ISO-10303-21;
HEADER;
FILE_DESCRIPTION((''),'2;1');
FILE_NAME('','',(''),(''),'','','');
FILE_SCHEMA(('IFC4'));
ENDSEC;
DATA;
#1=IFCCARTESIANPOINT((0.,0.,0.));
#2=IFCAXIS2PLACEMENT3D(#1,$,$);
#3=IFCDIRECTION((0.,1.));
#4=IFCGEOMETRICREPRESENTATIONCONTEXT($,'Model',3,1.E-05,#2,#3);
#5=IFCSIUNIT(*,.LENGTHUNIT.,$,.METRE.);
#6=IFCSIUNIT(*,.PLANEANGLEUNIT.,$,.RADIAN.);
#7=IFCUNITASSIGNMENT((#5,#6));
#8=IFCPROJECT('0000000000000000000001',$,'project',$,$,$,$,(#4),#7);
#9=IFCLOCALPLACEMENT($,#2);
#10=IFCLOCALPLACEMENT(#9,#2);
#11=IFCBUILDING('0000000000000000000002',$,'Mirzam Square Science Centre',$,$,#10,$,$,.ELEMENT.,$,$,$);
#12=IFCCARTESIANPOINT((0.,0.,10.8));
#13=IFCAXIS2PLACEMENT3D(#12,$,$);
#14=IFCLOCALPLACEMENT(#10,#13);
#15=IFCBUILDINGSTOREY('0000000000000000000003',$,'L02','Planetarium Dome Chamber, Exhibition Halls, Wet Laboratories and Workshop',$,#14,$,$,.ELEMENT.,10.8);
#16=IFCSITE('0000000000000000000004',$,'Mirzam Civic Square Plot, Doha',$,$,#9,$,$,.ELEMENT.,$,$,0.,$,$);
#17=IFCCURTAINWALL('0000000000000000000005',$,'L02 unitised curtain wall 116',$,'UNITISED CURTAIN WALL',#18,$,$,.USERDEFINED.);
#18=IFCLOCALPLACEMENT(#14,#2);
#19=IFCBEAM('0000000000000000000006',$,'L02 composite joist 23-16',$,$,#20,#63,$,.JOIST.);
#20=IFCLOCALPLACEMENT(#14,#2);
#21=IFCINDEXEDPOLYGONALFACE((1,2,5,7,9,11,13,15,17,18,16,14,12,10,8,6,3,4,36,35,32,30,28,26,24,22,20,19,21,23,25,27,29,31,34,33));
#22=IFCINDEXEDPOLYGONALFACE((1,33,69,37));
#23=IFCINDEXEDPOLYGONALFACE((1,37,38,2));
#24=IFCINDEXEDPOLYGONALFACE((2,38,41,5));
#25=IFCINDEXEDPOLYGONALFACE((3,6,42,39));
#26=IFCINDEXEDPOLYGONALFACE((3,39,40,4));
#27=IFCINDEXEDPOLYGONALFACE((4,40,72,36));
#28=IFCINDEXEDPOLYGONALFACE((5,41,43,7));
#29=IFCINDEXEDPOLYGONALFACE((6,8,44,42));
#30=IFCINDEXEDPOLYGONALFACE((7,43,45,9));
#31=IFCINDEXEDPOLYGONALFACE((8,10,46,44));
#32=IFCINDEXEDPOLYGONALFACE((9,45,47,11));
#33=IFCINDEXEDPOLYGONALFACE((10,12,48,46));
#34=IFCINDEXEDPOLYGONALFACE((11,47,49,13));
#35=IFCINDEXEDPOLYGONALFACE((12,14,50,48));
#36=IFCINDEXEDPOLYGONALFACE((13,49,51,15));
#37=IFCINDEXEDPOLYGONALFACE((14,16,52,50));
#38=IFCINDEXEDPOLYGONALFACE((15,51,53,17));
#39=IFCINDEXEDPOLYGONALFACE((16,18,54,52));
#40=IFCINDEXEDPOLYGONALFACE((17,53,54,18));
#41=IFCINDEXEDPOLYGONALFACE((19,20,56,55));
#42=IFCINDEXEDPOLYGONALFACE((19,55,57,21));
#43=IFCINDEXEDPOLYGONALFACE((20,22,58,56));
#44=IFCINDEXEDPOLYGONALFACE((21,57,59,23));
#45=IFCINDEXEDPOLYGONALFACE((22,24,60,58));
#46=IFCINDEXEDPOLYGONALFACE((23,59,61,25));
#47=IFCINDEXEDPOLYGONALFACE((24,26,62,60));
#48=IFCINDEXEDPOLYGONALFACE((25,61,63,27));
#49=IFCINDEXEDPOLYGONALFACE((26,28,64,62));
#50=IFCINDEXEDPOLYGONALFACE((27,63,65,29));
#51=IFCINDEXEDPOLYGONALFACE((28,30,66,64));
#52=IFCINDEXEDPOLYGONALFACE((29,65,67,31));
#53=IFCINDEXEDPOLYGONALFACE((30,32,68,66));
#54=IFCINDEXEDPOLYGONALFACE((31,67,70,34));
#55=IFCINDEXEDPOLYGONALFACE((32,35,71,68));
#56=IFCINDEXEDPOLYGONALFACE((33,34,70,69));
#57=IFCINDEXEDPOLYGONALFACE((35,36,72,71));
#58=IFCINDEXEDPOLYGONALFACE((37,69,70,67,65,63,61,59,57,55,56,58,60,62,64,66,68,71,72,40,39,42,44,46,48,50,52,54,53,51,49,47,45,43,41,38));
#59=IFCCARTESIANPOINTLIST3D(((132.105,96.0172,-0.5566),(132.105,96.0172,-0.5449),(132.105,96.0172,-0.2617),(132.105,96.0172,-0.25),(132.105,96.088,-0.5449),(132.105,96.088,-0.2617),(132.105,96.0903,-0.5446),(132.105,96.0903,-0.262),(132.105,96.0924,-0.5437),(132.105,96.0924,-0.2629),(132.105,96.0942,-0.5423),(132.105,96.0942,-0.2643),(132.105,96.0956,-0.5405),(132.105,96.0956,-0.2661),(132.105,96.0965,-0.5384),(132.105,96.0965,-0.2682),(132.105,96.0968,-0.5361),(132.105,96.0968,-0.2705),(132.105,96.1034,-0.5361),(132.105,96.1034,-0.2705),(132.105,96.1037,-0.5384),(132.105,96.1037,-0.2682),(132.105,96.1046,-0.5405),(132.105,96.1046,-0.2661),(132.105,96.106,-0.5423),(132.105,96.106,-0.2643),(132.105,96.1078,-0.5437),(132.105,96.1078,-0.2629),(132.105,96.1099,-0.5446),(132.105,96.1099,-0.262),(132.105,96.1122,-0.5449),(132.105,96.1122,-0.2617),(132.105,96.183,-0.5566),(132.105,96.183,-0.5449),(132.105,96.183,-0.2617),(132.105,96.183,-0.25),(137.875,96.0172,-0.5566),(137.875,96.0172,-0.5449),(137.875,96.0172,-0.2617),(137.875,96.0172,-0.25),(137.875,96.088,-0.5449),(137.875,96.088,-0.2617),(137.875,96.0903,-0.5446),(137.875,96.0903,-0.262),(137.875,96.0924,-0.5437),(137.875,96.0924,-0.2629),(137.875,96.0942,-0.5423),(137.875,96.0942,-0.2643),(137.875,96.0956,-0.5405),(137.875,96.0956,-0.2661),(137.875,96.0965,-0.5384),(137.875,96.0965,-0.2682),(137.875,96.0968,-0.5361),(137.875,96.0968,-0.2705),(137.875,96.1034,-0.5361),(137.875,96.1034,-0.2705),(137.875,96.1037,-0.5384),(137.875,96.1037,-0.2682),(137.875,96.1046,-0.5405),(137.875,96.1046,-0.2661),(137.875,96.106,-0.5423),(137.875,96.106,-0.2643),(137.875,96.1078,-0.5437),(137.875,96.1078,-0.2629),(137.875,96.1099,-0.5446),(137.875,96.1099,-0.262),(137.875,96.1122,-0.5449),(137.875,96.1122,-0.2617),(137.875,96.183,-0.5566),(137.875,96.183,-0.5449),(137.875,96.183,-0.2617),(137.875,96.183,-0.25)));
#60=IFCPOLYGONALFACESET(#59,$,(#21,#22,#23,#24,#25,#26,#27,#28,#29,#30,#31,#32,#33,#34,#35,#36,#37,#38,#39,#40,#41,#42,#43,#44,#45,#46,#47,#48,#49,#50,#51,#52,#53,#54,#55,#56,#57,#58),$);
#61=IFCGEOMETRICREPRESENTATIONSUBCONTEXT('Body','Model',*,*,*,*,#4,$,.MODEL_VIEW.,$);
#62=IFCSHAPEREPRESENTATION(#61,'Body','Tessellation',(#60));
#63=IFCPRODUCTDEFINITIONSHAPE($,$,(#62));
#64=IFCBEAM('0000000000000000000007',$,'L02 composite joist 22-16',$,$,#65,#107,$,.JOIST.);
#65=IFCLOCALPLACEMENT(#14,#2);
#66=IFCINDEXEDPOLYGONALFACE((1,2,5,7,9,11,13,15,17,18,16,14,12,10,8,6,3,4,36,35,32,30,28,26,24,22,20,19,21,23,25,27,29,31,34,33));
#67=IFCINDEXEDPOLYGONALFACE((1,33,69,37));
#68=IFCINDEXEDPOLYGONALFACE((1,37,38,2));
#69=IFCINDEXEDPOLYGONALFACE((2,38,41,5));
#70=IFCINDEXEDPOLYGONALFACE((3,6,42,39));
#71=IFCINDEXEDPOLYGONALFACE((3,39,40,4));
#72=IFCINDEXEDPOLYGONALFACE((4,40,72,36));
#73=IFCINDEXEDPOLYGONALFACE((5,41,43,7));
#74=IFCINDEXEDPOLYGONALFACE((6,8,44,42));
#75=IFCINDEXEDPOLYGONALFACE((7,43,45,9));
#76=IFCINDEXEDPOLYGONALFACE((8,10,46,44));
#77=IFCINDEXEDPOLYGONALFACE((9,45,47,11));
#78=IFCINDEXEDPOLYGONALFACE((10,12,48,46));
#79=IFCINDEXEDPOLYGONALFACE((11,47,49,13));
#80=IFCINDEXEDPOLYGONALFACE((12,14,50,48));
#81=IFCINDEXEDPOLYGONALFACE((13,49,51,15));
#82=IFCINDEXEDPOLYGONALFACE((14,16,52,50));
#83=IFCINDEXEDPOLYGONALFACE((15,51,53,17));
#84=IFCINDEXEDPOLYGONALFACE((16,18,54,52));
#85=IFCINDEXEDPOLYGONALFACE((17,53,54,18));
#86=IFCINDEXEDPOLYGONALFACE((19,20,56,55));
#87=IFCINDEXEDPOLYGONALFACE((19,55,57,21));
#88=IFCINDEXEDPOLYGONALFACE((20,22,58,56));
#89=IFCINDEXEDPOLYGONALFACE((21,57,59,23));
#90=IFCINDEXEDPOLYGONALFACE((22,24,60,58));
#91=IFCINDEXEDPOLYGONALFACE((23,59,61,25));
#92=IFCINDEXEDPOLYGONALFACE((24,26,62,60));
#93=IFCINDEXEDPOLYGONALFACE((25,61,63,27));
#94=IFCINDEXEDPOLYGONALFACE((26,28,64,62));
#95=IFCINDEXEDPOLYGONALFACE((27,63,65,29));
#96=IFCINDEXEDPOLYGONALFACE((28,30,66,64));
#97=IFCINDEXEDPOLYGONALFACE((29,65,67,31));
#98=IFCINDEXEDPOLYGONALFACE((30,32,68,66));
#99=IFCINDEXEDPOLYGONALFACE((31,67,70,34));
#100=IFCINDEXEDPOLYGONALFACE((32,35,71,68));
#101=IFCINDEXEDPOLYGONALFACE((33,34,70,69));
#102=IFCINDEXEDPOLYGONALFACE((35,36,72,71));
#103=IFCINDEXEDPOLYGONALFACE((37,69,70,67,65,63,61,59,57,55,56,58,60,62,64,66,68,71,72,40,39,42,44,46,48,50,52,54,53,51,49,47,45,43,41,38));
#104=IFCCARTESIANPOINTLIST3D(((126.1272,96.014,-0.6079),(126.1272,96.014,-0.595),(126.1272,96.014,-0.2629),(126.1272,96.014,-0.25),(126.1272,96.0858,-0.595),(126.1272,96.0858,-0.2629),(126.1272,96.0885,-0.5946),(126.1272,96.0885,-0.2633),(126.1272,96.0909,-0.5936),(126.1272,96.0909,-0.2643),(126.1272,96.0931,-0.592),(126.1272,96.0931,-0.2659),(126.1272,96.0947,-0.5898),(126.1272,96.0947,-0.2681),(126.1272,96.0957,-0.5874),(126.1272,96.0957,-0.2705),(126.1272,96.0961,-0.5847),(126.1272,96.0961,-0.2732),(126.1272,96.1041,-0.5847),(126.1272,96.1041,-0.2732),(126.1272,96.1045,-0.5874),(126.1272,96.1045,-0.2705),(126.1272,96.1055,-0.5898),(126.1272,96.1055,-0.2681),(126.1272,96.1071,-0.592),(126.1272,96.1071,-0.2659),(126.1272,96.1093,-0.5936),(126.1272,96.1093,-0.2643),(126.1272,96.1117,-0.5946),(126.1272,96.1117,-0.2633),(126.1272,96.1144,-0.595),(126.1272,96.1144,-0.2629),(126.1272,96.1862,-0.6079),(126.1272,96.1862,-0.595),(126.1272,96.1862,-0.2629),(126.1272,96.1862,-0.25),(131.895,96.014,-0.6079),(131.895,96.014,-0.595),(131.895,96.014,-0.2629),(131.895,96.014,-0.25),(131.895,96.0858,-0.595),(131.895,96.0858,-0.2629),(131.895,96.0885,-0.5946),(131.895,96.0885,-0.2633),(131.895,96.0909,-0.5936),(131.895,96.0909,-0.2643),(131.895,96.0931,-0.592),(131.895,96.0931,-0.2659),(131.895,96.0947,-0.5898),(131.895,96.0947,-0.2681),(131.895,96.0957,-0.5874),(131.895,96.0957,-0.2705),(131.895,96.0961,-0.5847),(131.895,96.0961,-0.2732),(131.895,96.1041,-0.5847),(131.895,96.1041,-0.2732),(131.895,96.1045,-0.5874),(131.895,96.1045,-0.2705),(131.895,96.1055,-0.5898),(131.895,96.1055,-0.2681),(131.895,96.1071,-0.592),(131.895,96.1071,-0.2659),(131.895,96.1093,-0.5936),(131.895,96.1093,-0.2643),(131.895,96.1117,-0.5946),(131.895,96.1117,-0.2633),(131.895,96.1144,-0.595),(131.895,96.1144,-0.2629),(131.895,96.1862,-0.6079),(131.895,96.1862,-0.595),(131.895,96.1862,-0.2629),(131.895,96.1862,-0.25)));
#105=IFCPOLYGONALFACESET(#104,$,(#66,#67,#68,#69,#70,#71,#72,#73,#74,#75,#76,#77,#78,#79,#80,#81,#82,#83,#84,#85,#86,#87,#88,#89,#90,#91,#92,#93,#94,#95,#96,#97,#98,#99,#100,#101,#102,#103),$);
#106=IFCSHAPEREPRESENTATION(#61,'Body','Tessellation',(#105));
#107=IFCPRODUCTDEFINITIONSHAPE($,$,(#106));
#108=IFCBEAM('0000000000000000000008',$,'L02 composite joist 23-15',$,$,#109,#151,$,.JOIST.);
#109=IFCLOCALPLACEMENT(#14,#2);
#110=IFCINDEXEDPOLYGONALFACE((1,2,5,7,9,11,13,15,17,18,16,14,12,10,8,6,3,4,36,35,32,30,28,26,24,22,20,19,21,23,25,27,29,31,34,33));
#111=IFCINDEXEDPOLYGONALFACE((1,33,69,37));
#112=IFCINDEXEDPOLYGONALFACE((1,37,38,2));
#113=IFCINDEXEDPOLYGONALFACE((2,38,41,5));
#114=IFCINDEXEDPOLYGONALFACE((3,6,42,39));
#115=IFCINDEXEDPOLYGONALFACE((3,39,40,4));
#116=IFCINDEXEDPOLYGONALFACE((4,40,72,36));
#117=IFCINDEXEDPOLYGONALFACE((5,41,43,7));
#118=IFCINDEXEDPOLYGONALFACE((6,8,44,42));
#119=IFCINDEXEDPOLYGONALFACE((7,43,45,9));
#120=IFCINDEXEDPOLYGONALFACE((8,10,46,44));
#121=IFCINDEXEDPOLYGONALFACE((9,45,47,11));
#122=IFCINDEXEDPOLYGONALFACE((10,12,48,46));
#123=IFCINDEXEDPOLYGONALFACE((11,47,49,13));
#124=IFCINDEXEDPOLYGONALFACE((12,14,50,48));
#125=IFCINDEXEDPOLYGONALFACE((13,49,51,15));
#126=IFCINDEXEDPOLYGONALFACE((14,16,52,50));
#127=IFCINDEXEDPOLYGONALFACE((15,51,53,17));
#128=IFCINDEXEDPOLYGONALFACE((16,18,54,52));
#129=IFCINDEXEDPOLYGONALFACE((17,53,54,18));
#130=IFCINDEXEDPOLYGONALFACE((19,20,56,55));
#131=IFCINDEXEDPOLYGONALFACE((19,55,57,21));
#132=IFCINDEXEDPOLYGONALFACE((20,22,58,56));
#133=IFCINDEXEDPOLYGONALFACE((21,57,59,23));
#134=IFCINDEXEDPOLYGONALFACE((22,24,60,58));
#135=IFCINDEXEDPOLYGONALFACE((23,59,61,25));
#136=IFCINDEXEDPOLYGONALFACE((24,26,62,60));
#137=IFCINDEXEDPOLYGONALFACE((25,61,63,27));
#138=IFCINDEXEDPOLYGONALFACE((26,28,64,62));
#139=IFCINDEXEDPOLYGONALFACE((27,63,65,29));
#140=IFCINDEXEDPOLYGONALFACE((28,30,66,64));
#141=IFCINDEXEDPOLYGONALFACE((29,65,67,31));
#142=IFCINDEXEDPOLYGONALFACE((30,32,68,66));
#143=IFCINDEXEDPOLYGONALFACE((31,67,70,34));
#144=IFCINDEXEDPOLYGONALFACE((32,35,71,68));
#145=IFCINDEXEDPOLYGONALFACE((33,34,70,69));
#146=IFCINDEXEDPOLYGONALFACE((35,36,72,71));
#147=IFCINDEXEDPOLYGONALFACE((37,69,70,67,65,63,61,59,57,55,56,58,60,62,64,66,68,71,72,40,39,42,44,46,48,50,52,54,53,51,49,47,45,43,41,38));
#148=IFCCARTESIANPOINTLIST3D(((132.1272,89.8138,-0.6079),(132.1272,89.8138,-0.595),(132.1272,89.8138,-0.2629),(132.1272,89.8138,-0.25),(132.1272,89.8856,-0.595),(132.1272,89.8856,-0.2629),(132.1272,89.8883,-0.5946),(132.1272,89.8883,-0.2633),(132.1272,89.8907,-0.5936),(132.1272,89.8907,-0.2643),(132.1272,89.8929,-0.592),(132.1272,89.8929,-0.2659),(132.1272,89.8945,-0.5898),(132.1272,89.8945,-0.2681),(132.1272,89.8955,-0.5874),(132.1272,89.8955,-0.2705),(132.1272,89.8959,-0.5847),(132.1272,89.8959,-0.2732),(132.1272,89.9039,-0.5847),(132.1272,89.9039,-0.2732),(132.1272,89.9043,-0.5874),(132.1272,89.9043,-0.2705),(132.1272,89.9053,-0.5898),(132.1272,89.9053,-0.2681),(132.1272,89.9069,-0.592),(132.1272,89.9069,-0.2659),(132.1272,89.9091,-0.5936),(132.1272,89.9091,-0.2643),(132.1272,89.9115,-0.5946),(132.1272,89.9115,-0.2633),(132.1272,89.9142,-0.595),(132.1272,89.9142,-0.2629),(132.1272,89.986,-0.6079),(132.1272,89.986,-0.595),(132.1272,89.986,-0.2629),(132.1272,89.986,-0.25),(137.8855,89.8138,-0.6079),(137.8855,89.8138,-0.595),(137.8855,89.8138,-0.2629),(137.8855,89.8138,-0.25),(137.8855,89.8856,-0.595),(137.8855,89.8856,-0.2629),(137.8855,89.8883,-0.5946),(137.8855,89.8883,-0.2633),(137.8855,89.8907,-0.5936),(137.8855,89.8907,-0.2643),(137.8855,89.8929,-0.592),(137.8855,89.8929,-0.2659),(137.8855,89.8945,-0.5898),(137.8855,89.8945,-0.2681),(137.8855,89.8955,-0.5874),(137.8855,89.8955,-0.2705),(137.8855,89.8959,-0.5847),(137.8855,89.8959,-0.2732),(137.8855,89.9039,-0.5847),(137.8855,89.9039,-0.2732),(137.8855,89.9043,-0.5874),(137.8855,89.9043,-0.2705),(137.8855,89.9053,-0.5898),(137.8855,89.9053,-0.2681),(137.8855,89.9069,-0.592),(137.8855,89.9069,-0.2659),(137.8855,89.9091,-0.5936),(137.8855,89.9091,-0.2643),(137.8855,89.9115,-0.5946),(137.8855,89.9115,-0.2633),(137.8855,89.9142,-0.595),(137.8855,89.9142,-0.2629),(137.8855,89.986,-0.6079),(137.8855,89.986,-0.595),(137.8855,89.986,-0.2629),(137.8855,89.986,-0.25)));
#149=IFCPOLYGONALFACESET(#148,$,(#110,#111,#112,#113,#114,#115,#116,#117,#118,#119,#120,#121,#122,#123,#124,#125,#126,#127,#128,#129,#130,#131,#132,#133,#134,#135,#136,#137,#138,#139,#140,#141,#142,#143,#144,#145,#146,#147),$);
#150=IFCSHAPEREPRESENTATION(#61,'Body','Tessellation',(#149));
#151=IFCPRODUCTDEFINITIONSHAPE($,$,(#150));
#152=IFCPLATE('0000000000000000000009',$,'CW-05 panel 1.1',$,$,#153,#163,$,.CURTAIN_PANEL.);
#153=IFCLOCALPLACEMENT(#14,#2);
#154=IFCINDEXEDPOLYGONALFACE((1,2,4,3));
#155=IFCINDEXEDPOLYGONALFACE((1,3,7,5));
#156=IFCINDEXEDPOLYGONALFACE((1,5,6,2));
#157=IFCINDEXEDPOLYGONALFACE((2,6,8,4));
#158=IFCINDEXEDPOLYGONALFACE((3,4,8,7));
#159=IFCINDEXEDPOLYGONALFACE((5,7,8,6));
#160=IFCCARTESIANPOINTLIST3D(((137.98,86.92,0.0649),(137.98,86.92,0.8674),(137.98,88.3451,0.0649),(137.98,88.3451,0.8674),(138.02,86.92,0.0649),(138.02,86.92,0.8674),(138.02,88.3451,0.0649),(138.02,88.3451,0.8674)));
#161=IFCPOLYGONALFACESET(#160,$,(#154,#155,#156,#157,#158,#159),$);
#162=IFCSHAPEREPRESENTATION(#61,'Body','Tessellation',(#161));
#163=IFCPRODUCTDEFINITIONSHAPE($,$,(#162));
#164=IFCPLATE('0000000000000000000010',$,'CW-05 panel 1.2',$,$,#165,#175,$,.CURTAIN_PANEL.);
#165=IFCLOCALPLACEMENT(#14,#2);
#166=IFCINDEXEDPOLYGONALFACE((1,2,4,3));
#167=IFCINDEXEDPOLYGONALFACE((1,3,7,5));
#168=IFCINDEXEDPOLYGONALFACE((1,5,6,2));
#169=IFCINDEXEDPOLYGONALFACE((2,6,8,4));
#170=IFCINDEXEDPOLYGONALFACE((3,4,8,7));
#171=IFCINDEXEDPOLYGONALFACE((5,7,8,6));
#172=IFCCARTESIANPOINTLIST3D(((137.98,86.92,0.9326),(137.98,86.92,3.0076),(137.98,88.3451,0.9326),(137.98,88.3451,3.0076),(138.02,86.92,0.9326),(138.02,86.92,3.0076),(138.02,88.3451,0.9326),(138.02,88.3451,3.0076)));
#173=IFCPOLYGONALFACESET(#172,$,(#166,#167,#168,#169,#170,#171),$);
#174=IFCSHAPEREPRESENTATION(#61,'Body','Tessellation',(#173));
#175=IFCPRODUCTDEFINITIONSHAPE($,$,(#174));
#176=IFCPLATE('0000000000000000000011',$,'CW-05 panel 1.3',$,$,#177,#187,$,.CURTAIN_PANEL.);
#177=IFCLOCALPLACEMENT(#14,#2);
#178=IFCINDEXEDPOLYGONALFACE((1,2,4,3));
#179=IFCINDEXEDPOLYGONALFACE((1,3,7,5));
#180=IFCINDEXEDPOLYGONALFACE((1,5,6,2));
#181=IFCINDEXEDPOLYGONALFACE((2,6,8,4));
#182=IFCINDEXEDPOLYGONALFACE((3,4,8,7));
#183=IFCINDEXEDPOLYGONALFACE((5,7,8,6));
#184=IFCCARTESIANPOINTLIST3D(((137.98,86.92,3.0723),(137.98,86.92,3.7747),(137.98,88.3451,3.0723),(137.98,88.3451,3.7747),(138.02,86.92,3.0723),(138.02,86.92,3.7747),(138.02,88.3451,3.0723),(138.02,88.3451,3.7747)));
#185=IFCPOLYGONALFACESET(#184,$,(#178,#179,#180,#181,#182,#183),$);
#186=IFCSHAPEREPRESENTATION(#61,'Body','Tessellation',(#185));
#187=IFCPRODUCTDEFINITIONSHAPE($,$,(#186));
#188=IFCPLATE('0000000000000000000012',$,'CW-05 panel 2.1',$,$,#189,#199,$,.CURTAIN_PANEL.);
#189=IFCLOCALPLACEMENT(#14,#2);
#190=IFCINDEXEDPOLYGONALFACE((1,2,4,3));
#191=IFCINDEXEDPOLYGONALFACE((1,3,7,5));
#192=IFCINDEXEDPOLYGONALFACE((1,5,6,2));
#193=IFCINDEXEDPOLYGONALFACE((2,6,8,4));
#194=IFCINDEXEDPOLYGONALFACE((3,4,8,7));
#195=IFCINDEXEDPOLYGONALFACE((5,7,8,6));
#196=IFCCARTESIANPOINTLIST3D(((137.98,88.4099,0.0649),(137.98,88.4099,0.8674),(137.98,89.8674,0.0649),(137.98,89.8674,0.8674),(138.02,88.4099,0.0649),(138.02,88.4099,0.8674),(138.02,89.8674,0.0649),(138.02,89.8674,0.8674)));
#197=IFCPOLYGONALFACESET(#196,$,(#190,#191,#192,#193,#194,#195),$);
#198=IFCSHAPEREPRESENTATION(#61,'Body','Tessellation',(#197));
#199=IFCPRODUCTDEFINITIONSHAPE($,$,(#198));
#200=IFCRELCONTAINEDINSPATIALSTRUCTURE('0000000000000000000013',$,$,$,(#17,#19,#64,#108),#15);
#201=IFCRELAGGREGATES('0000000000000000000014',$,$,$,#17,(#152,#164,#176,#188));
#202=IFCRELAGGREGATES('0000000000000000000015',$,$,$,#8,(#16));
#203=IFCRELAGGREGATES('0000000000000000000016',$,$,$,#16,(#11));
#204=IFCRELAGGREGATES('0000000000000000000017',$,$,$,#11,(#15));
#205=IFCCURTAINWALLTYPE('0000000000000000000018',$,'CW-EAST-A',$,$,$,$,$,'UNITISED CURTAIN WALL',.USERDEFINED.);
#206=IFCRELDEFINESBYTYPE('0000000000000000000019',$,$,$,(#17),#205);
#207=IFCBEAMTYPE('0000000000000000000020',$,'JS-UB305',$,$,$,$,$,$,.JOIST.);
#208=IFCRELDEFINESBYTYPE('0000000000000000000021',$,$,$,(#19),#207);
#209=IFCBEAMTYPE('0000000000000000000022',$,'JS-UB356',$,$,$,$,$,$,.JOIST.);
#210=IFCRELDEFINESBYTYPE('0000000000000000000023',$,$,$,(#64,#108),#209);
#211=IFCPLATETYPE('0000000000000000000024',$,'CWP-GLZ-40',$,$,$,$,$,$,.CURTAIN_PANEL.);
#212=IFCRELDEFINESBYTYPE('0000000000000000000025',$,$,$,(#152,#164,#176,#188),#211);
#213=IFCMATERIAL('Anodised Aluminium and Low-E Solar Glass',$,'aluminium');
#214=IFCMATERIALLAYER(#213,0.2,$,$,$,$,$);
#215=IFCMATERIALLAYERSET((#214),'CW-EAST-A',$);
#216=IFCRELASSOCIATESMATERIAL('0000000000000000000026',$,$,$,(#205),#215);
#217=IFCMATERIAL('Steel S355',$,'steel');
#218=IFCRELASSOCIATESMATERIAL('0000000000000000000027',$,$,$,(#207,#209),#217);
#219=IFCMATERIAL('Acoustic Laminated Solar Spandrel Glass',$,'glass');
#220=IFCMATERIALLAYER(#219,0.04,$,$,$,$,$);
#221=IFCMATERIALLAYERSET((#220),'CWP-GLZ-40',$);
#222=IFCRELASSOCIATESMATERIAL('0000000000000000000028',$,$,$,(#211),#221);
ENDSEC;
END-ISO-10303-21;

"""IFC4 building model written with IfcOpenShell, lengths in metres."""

from ifc_helpers import new_model, si_unit, direction, frame, origin, origin_2d, place, context, subcontext, project, spatial, rectangle, i_section, extrude, material, layer, layer_set, material_profile, profile_set, type_object, element, aggregate, save


model = new_model("IFC4")

# Units and contexts
model_context = context("Model", 3, precision=1e-05, world=origin(), true_north=direction((0.0, 1.0)))
body_context = subcontext(model_context, "Body", "Model", "MODEL_VIEW")
ifc_project = project(units=[si_unit("LENGTHUNIT", "METRE"), si_unit("PLANEANGLEUNIT", "RADIAN")], contexts=[model_context])

# Site, building, storey
site_placement = place(None, origin())
site = spatial("IfcSite", under=ifc_project, at=site_placement, Name="Mirzam Civic Square Plot, Doha", CompositionType="ELEMENT", RefElevation=0.0)
building_placement = place(site_placement, origin())
building = spatial("IfcBuilding", under=site, at=building_placement, Name="Mirzam Square Science Centre", CompositionType="ELEMENT")
storey_placement = place(building_placement, frame((0.0, 0.0, 10.8)))
storey = spatial("IfcBuildingStorey", under=building, at=storey_placement, Name="L02", Description="Planetarium Dome Chamber, Exhibition Halls, Wet Laboratories and Workshop", CompositionType="ELEMENT", Elevation=10.8)

# Shared definitions
ifc_material_1 = material(Name="Steel S355", Category="steel")

# Curtain wall
ifc_material_2 = material(Name="Anodised Aluminium and Low-E Solar Glass", Category="aluminium")
ifc_layer_1 = layer(ifc_material_2, 0.2)
ifc_layer_set_1 = layer_set([ifc_layer_1], Name="CW-EAST-A")
curtain_wall_type = type_object("IfcCurtainWallType", Name="CW-EAST-A", ElementType="UNITISED CURTAIN WALL", PredefinedType="USERDEFINED", material=ifc_layer_set_1)
curtain_wall_placement = place(storey_placement, origin())
curtain_wall = element("IfcCurtainWall", 1, at=curtain_wall_placement, inside=storey, type_object=curtain_wall_type, Name="L02 unitised curtain wall 116", ObjectType="UNITISED CURTAIN WALL", PredefinedType="USERDEFINED")

# Beams
ifc_material_profile_1 = material_profile(ifc_material_1, i_section(OverallWidth=0.1658, OverallDepth=0.3066, WebThickness=0.0066, FlangeThickness=0.0117, FilletRadius=0.0088, at=origin_2d()), Name="305x165x46UB")
ifc_profile_set_1 = profile_set([ifc_material_profile_1], Name="Steel S355")
beam_type_1 = type_object("IfcBeamType", Name="JS-UB305", PredefinedType="JOIST", material=ifc_profile_set_1)
beam_1_placement = place(storey_placement, frame((132.105, 96.1001, -0.4033), z_axis=(1.0, 0.0, 0.0), x_axis=(0.0, 1.0, 0.0)))
element("IfcBeam", 2, at=beam_1_placement, inside=storey, type_object=beam_type_1, Name="L02 composite joist 23-16", PredefinedType="JOIST", context=body_context, shape_type="SweptSolid", body=[
    extrude(i_section(OverallWidth=0.1658, OverallDepth=0.3066, WebThickness=0.0066, FlangeThickness=0.0117, FilletRadius=0.0088, at=origin_2d()), origin(), (0.0, 0.0, 1.0), 5.77),
])
ifc_material_profile_2 = material_profile(ifc_material_1, i_section(OverallWidth=0.1721, OverallDepth=0.3579, WebThickness=0.0081, FlangeThickness=0.0129, FilletRadius=0.0103, at=origin_2d()), Name="356x171x57UB")
ifc_profile_set_2 = profile_set([ifc_material_profile_2], Name="Steel S355")
beam_type_2 = type_object("IfcBeamType", Name="JS-UB356", PredefinedType="JOIST", material=ifc_profile_set_2)
beam_2_placement = place(storey_placement, frame((126.1272, 96.1001, -0.429), z_axis=(1.0, 0.0, 0.0), x_axis=(0.0, 1.0, 0.0)))
element("IfcBeam", 3, at=beam_2_placement, inside=storey, type_object=beam_type_2, Name="L02 composite joist 22-16", PredefinedType="JOIST", context=body_context, shape_type="SweptSolid", body=[
    extrude(i_section(OverallWidth=0.1721, OverallDepth=0.3579, WebThickness=0.0081, FlangeThickness=0.0129, FilletRadius=0.0103, at=origin_2d()), origin(), (0.0, 0.0, 1.0), 5.7678),
])
beam_3_placement = place(storey_placement, frame((132.1272, 89.8999, -0.429), z_axis=(1.0, 0.0, 0.0), x_axis=(0.0, 1.0, 0.0)))
element("IfcBeam", 4, at=beam_3_placement, inside=storey, type_object=beam_type_2, Name="L02 composite joist 23-15", PredefinedType="JOIST", context=body_context, shape_type="SweptSolid", body=[
    extrude(i_section(OverallWidth=0.1721, OverallDepth=0.3579, WebThickness=0.0081, FlangeThickness=0.0129, FilletRadius=0.0103, at=origin_2d()), origin(), (0.0, 0.0, 1.0), 5.7583),
])

# Plates
ifc_material_3 = material(Name="Acoustic Laminated Solar Spandrel Glass", Category="glass")
ifc_layer_2 = layer(ifc_material_3, 0.04)
ifc_layer_set_2 = layer_set([ifc_layer_2], Name="CWP-GLZ-40")
plate_type = type_object("IfcPlateType", Name="CWP-GLZ-40", PredefinedType="CURTAIN_PANEL", material=ifc_layer_set_2)
plate_1_placement = place(storey_placement, frame((138.0, 87.6326, 0.0649), z_axis=(0.0, 0.0, 1.0), x_axis=(0.0, 1.0, 0.0)))
plate_1 = element("IfcPlate", 5, at=plate_1_placement, type_object=plate_type, Name="CW-05 panel 1.1", PredefinedType="CURTAIN_PANEL", context=body_context, shape_type="SweptSolid", body=[
    extrude(rectangle(XDim=1.425, YDim=0.04, at=origin_2d()), origin(), (0.0, 0.0, 1.0), 0.8025),
])
plate_2_placement = place(storey_placement, frame((138.0, 87.6326, 0.9326), z_axis=(0.0, 0.0, 1.0), x_axis=(0.0, 1.0, 0.0)))
plate_2 = element("IfcPlate", 6, at=plate_2_placement, type_object=plate_type, Name="CW-05 panel 1.2", PredefinedType="CURTAIN_PANEL", context=body_context, shape_type="SweptSolid", body=[
    extrude(rectangle(XDim=1.425, YDim=0.04, at=origin_2d()), origin(), (0.0, 0.0, 1.0), 2.075),
])
plate_3_placement = place(storey_placement, frame((138.0, 87.6326, 3.0723), z_axis=(0.0, 0.0, 1.0), x_axis=(0.0, 1.0, 0.0)))
plate_3 = element("IfcPlate", 7, at=plate_3_placement, type_object=plate_type, Name="CW-05 panel 1.3", PredefinedType="CURTAIN_PANEL", context=body_context, shape_type="SweptSolid", body=[
    extrude(rectangle(XDim=1.425, YDim=0.04, at=origin_2d()), origin(), (0.0, 0.0, 1.0), 0.7024),
])
plate_4_placement = place(storey_placement, frame((138.0, 89.1387, 0.0649), z_axis=(0.0, 0.0, 1.0), x_axis=(0.0, 1.0, 0.0)))
plate_4 = element("IfcPlate", 8, at=plate_4_placement, type_object=plate_type, Name="CW-05 panel 2.1", PredefinedType="CURTAIN_PANEL", context=body_context, shape_type="SweptSolid", body=[
    extrude(rectangle(XDim=1.4575, YDim=0.04, at=origin_2d()), origin(), (0.0, 0.0, 1.0), 0.8025),
])
aggregate(curtain_wall, [plate_1, plate_2, plate_3, plate_4])

save(model, "model.ifc")
